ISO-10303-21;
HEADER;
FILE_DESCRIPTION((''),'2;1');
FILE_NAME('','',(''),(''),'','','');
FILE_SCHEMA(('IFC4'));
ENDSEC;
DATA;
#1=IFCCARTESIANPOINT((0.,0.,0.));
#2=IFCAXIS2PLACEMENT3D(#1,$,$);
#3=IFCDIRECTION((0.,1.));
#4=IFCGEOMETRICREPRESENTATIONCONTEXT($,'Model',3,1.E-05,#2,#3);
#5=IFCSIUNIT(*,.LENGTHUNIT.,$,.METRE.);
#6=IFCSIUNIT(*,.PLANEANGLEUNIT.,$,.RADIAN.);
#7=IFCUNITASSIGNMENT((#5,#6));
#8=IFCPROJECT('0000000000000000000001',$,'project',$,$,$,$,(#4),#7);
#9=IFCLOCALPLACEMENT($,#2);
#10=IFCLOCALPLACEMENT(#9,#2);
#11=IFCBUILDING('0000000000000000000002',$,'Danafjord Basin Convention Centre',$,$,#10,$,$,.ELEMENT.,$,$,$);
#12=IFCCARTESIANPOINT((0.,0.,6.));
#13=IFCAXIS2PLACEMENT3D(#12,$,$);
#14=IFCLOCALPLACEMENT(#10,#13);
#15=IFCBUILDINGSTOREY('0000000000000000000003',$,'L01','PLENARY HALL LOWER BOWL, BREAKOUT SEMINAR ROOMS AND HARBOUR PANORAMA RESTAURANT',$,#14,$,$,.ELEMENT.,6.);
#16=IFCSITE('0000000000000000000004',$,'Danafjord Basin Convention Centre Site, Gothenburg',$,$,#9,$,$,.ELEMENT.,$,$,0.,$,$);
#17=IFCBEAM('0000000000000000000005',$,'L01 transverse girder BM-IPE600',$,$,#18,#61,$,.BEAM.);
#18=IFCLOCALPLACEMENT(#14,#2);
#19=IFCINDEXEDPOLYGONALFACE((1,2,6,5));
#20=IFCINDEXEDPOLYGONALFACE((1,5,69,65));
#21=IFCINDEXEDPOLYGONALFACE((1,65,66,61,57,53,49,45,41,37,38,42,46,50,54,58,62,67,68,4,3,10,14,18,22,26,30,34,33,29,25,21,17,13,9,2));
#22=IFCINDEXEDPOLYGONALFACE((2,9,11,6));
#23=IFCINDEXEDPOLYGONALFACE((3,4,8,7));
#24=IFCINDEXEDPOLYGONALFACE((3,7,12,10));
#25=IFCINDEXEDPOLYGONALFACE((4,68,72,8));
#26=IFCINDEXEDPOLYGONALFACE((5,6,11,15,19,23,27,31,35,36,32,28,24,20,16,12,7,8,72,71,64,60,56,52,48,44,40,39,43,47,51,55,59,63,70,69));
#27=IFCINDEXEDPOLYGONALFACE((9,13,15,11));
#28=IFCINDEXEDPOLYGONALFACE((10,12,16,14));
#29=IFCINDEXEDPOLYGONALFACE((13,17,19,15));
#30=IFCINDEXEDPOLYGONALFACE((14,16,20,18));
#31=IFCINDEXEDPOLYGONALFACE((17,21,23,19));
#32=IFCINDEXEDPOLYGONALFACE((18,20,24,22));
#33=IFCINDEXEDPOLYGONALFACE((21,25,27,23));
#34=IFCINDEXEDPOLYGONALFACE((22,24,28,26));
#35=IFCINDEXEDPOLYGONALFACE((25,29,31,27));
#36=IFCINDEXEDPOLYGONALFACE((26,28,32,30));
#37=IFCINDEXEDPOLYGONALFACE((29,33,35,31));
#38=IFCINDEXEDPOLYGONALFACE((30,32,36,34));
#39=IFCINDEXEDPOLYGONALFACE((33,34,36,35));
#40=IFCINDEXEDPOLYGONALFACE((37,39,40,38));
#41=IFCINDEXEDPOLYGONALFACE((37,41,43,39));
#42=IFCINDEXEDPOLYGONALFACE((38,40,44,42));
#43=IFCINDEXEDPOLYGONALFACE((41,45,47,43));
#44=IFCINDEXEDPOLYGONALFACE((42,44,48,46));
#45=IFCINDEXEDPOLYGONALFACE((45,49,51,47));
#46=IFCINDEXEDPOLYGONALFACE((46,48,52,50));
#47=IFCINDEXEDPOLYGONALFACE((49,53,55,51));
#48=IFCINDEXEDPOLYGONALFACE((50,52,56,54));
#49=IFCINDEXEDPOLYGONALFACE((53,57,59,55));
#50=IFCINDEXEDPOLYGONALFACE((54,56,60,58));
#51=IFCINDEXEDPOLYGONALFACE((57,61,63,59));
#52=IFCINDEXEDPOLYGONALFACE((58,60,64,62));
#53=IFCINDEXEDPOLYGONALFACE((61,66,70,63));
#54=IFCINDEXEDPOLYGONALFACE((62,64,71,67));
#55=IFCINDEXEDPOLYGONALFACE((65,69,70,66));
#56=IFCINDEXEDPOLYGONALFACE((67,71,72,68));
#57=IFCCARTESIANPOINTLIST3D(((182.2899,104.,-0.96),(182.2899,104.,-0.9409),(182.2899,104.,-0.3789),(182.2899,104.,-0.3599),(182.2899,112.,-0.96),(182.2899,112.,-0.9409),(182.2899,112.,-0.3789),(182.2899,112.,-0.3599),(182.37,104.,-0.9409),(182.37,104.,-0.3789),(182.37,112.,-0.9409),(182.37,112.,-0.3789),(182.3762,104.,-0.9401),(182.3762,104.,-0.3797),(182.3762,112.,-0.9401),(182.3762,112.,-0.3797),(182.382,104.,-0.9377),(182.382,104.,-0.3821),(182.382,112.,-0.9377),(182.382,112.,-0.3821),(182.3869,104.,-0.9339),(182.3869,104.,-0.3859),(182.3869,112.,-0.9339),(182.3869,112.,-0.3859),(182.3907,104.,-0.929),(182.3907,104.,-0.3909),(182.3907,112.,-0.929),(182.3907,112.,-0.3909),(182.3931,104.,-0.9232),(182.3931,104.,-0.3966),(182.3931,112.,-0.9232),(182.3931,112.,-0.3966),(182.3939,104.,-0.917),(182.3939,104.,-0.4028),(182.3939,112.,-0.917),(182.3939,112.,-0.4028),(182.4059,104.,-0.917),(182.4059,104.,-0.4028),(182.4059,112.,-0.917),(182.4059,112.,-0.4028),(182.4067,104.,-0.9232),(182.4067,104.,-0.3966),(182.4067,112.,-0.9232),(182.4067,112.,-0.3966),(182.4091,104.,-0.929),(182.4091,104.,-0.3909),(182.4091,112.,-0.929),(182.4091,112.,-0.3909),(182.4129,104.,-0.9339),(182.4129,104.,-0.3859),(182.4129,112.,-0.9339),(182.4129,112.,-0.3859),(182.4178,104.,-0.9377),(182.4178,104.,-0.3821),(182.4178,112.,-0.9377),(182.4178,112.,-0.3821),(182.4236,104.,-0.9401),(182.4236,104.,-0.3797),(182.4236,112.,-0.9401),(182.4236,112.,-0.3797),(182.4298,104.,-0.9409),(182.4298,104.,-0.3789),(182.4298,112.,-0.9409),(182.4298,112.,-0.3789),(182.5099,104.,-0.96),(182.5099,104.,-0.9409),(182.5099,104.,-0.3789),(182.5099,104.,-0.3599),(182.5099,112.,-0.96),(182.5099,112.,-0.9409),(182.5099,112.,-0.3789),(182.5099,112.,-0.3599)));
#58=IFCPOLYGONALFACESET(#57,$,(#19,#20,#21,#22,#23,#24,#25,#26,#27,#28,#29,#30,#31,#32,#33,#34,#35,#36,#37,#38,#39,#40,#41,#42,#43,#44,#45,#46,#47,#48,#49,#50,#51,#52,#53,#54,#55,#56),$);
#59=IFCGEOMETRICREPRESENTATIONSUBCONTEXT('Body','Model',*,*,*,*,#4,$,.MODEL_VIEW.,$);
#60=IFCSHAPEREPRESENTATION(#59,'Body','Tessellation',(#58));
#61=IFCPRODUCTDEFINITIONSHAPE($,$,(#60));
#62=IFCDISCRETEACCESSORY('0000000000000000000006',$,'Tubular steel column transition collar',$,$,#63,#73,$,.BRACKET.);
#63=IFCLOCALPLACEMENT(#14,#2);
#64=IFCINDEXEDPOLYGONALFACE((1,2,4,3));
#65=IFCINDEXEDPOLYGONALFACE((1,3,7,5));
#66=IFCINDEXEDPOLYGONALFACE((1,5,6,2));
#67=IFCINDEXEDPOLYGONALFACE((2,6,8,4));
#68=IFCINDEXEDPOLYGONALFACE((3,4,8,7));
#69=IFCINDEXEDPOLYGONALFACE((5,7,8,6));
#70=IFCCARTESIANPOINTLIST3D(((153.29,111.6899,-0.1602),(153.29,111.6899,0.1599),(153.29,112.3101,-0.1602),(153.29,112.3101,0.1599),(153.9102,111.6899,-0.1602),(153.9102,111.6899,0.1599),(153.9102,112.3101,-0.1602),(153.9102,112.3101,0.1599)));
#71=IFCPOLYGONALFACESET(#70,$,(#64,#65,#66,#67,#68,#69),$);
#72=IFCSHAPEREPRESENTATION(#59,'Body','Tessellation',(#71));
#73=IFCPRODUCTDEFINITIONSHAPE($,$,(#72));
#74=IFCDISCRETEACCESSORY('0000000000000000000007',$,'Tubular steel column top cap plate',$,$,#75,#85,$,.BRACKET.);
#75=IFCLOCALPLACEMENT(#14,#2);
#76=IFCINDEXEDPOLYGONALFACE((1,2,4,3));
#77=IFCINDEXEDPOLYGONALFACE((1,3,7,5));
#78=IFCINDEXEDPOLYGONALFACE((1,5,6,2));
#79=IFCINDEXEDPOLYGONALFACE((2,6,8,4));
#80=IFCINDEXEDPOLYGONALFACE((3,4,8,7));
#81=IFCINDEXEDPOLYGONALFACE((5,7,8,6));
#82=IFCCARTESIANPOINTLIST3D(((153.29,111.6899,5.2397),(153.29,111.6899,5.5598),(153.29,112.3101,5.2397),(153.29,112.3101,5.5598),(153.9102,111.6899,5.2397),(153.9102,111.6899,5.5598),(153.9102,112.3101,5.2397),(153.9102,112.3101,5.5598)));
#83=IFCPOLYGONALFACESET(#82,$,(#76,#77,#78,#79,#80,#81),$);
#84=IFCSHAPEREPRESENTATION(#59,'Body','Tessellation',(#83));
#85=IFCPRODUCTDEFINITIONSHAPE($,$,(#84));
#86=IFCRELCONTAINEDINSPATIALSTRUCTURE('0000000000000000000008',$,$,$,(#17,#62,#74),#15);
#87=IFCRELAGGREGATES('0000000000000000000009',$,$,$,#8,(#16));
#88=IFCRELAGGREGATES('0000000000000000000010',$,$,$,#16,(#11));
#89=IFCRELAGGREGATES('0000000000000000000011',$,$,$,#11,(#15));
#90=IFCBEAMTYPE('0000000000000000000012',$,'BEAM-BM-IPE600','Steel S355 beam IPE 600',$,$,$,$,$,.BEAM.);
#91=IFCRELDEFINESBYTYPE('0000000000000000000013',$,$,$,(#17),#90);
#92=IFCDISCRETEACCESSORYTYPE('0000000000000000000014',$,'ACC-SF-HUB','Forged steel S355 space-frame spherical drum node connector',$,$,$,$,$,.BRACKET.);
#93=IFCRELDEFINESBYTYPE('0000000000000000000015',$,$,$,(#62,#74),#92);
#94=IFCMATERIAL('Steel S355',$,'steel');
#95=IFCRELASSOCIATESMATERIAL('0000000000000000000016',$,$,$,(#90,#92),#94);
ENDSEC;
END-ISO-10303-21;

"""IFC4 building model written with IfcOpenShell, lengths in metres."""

from ifc_helpers import new_model, si_unit, direction, frame, origin, origin_2d, place, context, subcontext, project, spatial, rectangle, i_section, extrude, material, material_profile, profile_set, type_object, element, save


model = new_model("IFC4")

# Units and contexts
model_context = context("Model", 3, precision=1e-05, world=origin(), true_north=direction((0.0, 1.0)))
body_context = subcontext(model_context, "Body", "Model", "MODEL_VIEW")
ifc_project = project(units=[si_unit("LENGTHUNIT", "METRE"), si_unit("PLANEANGLEUNIT", "RADIAN")], contexts=[model_context])

# Site, building, storey
site_placement = place(None, origin())
site = spatial("IfcSite", under=ifc_project, at=site_placement, Name="Danafjord Basin Convention Centre Site, Gothenburg", CompositionType="ELEMENT", RefElevation=0.0)
building_placement = place(site_placement, origin())
building = spatial("IfcBuilding", under=site, at=building_placement, Name="Danafjord Basin Convention Centre", CompositionType="ELEMENT")
storey_placement = place(building_placement, frame((0.0, 0.0, 6.0)))
storey = spatial("IfcBuildingStorey", under=building, at=storey_placement, Name="L01", Description="PLENARY HALL LOWER BOWL, BREAKOUT SEMINAR ROOMS AND HARBOUR PANORAMA RESTAURANT", CompositionType="ELEMENT", Elevation=6.0)

# Shared definitions
ifc_material = material(Name="Steel S355", Category="steel")

# Beam
ifc_material_profile_1 = material_profile(ifc_material, i_section(OverallWidth=0.22, OverallDepth=0.6001, WebThickness=0.012, FlangeThickness=0.019, FilletRadius=0.0239, at=origin_2d()), Name="IPE 600")
ifc_profile_set_1 = profile_set([ifc_material_profile_1], Name="Steel S355")
beam_type_1 = type_object("IfcBeamType", Name="BEAM-BM-IPE600", Description="Steel S355 beam IPE 600", PredefinedType="BEAM", material=ifc_profile_set_1)
for number, where, z_axis, x_axis, name in (
    (1, (182.3999, 104.0, -0.6599), (0.0, 1.0, 0.0), (-1.0, 0.0, 0.0), "L01 transverse girder BM-IPE600"),
):
    element("IfcBeam", number, at=place(storey_placement, frame(where, z_axis=z_axis, x_axis=x_axis)), inside=storey, type_object=beam_type_1, Name=name, PredefinedType="BEAM", context=body_context, shape_type="SweptSolid", body=[
        extrude(i_section(OverallWidth=0.22, OverallDepth=0.6001, WebThickness=0.012, FlangeThickness=0.019, FilletRadius=0.0239, at=origin_2d()), origin(), (0.0, 0.0, 1.0), 8.0),
    ])

# Discrete accessories
discrete_accessory_type = type_object("IfcDiscreteAccessoryType", Name="ACC-SF-HUB", Description="Forged steel S355 space-frame spherical drum node connector", PredefinedType="BRACKET", material=ifc_material)
for number, where, z_axis, x_axis, name in (
    (2, (153.6001, 112.0, -0.1602), (0.0, 0.0, 1.0), (1.0, 0.0, 0.0), "Tubular steel column transition collar"),
    (3, (153.6001, 112.0, 5.2397), (0.0, 0.0, 1.0), (1.0, 0.0, 0.0), "Tubular steel column top cap plate"),
):
    element("IfcDiscreteAccessory", number, at=place(storey_placement, frame(where, z_axis=z_axis, x_axis=x_axis)), inside=storey, type_object=discrete_accessory_type, Name=name, PredefinedType="BRACKET", context=body_context, shape_type="SweptSolid", body=[
        extrude(rectangle(XDim=0.6201, YDim=0.6201, at=origin_2d()), origin(), (0.0, 0.0, 1.0), 0.3201),
    ])

save(model, "model.ifc")
